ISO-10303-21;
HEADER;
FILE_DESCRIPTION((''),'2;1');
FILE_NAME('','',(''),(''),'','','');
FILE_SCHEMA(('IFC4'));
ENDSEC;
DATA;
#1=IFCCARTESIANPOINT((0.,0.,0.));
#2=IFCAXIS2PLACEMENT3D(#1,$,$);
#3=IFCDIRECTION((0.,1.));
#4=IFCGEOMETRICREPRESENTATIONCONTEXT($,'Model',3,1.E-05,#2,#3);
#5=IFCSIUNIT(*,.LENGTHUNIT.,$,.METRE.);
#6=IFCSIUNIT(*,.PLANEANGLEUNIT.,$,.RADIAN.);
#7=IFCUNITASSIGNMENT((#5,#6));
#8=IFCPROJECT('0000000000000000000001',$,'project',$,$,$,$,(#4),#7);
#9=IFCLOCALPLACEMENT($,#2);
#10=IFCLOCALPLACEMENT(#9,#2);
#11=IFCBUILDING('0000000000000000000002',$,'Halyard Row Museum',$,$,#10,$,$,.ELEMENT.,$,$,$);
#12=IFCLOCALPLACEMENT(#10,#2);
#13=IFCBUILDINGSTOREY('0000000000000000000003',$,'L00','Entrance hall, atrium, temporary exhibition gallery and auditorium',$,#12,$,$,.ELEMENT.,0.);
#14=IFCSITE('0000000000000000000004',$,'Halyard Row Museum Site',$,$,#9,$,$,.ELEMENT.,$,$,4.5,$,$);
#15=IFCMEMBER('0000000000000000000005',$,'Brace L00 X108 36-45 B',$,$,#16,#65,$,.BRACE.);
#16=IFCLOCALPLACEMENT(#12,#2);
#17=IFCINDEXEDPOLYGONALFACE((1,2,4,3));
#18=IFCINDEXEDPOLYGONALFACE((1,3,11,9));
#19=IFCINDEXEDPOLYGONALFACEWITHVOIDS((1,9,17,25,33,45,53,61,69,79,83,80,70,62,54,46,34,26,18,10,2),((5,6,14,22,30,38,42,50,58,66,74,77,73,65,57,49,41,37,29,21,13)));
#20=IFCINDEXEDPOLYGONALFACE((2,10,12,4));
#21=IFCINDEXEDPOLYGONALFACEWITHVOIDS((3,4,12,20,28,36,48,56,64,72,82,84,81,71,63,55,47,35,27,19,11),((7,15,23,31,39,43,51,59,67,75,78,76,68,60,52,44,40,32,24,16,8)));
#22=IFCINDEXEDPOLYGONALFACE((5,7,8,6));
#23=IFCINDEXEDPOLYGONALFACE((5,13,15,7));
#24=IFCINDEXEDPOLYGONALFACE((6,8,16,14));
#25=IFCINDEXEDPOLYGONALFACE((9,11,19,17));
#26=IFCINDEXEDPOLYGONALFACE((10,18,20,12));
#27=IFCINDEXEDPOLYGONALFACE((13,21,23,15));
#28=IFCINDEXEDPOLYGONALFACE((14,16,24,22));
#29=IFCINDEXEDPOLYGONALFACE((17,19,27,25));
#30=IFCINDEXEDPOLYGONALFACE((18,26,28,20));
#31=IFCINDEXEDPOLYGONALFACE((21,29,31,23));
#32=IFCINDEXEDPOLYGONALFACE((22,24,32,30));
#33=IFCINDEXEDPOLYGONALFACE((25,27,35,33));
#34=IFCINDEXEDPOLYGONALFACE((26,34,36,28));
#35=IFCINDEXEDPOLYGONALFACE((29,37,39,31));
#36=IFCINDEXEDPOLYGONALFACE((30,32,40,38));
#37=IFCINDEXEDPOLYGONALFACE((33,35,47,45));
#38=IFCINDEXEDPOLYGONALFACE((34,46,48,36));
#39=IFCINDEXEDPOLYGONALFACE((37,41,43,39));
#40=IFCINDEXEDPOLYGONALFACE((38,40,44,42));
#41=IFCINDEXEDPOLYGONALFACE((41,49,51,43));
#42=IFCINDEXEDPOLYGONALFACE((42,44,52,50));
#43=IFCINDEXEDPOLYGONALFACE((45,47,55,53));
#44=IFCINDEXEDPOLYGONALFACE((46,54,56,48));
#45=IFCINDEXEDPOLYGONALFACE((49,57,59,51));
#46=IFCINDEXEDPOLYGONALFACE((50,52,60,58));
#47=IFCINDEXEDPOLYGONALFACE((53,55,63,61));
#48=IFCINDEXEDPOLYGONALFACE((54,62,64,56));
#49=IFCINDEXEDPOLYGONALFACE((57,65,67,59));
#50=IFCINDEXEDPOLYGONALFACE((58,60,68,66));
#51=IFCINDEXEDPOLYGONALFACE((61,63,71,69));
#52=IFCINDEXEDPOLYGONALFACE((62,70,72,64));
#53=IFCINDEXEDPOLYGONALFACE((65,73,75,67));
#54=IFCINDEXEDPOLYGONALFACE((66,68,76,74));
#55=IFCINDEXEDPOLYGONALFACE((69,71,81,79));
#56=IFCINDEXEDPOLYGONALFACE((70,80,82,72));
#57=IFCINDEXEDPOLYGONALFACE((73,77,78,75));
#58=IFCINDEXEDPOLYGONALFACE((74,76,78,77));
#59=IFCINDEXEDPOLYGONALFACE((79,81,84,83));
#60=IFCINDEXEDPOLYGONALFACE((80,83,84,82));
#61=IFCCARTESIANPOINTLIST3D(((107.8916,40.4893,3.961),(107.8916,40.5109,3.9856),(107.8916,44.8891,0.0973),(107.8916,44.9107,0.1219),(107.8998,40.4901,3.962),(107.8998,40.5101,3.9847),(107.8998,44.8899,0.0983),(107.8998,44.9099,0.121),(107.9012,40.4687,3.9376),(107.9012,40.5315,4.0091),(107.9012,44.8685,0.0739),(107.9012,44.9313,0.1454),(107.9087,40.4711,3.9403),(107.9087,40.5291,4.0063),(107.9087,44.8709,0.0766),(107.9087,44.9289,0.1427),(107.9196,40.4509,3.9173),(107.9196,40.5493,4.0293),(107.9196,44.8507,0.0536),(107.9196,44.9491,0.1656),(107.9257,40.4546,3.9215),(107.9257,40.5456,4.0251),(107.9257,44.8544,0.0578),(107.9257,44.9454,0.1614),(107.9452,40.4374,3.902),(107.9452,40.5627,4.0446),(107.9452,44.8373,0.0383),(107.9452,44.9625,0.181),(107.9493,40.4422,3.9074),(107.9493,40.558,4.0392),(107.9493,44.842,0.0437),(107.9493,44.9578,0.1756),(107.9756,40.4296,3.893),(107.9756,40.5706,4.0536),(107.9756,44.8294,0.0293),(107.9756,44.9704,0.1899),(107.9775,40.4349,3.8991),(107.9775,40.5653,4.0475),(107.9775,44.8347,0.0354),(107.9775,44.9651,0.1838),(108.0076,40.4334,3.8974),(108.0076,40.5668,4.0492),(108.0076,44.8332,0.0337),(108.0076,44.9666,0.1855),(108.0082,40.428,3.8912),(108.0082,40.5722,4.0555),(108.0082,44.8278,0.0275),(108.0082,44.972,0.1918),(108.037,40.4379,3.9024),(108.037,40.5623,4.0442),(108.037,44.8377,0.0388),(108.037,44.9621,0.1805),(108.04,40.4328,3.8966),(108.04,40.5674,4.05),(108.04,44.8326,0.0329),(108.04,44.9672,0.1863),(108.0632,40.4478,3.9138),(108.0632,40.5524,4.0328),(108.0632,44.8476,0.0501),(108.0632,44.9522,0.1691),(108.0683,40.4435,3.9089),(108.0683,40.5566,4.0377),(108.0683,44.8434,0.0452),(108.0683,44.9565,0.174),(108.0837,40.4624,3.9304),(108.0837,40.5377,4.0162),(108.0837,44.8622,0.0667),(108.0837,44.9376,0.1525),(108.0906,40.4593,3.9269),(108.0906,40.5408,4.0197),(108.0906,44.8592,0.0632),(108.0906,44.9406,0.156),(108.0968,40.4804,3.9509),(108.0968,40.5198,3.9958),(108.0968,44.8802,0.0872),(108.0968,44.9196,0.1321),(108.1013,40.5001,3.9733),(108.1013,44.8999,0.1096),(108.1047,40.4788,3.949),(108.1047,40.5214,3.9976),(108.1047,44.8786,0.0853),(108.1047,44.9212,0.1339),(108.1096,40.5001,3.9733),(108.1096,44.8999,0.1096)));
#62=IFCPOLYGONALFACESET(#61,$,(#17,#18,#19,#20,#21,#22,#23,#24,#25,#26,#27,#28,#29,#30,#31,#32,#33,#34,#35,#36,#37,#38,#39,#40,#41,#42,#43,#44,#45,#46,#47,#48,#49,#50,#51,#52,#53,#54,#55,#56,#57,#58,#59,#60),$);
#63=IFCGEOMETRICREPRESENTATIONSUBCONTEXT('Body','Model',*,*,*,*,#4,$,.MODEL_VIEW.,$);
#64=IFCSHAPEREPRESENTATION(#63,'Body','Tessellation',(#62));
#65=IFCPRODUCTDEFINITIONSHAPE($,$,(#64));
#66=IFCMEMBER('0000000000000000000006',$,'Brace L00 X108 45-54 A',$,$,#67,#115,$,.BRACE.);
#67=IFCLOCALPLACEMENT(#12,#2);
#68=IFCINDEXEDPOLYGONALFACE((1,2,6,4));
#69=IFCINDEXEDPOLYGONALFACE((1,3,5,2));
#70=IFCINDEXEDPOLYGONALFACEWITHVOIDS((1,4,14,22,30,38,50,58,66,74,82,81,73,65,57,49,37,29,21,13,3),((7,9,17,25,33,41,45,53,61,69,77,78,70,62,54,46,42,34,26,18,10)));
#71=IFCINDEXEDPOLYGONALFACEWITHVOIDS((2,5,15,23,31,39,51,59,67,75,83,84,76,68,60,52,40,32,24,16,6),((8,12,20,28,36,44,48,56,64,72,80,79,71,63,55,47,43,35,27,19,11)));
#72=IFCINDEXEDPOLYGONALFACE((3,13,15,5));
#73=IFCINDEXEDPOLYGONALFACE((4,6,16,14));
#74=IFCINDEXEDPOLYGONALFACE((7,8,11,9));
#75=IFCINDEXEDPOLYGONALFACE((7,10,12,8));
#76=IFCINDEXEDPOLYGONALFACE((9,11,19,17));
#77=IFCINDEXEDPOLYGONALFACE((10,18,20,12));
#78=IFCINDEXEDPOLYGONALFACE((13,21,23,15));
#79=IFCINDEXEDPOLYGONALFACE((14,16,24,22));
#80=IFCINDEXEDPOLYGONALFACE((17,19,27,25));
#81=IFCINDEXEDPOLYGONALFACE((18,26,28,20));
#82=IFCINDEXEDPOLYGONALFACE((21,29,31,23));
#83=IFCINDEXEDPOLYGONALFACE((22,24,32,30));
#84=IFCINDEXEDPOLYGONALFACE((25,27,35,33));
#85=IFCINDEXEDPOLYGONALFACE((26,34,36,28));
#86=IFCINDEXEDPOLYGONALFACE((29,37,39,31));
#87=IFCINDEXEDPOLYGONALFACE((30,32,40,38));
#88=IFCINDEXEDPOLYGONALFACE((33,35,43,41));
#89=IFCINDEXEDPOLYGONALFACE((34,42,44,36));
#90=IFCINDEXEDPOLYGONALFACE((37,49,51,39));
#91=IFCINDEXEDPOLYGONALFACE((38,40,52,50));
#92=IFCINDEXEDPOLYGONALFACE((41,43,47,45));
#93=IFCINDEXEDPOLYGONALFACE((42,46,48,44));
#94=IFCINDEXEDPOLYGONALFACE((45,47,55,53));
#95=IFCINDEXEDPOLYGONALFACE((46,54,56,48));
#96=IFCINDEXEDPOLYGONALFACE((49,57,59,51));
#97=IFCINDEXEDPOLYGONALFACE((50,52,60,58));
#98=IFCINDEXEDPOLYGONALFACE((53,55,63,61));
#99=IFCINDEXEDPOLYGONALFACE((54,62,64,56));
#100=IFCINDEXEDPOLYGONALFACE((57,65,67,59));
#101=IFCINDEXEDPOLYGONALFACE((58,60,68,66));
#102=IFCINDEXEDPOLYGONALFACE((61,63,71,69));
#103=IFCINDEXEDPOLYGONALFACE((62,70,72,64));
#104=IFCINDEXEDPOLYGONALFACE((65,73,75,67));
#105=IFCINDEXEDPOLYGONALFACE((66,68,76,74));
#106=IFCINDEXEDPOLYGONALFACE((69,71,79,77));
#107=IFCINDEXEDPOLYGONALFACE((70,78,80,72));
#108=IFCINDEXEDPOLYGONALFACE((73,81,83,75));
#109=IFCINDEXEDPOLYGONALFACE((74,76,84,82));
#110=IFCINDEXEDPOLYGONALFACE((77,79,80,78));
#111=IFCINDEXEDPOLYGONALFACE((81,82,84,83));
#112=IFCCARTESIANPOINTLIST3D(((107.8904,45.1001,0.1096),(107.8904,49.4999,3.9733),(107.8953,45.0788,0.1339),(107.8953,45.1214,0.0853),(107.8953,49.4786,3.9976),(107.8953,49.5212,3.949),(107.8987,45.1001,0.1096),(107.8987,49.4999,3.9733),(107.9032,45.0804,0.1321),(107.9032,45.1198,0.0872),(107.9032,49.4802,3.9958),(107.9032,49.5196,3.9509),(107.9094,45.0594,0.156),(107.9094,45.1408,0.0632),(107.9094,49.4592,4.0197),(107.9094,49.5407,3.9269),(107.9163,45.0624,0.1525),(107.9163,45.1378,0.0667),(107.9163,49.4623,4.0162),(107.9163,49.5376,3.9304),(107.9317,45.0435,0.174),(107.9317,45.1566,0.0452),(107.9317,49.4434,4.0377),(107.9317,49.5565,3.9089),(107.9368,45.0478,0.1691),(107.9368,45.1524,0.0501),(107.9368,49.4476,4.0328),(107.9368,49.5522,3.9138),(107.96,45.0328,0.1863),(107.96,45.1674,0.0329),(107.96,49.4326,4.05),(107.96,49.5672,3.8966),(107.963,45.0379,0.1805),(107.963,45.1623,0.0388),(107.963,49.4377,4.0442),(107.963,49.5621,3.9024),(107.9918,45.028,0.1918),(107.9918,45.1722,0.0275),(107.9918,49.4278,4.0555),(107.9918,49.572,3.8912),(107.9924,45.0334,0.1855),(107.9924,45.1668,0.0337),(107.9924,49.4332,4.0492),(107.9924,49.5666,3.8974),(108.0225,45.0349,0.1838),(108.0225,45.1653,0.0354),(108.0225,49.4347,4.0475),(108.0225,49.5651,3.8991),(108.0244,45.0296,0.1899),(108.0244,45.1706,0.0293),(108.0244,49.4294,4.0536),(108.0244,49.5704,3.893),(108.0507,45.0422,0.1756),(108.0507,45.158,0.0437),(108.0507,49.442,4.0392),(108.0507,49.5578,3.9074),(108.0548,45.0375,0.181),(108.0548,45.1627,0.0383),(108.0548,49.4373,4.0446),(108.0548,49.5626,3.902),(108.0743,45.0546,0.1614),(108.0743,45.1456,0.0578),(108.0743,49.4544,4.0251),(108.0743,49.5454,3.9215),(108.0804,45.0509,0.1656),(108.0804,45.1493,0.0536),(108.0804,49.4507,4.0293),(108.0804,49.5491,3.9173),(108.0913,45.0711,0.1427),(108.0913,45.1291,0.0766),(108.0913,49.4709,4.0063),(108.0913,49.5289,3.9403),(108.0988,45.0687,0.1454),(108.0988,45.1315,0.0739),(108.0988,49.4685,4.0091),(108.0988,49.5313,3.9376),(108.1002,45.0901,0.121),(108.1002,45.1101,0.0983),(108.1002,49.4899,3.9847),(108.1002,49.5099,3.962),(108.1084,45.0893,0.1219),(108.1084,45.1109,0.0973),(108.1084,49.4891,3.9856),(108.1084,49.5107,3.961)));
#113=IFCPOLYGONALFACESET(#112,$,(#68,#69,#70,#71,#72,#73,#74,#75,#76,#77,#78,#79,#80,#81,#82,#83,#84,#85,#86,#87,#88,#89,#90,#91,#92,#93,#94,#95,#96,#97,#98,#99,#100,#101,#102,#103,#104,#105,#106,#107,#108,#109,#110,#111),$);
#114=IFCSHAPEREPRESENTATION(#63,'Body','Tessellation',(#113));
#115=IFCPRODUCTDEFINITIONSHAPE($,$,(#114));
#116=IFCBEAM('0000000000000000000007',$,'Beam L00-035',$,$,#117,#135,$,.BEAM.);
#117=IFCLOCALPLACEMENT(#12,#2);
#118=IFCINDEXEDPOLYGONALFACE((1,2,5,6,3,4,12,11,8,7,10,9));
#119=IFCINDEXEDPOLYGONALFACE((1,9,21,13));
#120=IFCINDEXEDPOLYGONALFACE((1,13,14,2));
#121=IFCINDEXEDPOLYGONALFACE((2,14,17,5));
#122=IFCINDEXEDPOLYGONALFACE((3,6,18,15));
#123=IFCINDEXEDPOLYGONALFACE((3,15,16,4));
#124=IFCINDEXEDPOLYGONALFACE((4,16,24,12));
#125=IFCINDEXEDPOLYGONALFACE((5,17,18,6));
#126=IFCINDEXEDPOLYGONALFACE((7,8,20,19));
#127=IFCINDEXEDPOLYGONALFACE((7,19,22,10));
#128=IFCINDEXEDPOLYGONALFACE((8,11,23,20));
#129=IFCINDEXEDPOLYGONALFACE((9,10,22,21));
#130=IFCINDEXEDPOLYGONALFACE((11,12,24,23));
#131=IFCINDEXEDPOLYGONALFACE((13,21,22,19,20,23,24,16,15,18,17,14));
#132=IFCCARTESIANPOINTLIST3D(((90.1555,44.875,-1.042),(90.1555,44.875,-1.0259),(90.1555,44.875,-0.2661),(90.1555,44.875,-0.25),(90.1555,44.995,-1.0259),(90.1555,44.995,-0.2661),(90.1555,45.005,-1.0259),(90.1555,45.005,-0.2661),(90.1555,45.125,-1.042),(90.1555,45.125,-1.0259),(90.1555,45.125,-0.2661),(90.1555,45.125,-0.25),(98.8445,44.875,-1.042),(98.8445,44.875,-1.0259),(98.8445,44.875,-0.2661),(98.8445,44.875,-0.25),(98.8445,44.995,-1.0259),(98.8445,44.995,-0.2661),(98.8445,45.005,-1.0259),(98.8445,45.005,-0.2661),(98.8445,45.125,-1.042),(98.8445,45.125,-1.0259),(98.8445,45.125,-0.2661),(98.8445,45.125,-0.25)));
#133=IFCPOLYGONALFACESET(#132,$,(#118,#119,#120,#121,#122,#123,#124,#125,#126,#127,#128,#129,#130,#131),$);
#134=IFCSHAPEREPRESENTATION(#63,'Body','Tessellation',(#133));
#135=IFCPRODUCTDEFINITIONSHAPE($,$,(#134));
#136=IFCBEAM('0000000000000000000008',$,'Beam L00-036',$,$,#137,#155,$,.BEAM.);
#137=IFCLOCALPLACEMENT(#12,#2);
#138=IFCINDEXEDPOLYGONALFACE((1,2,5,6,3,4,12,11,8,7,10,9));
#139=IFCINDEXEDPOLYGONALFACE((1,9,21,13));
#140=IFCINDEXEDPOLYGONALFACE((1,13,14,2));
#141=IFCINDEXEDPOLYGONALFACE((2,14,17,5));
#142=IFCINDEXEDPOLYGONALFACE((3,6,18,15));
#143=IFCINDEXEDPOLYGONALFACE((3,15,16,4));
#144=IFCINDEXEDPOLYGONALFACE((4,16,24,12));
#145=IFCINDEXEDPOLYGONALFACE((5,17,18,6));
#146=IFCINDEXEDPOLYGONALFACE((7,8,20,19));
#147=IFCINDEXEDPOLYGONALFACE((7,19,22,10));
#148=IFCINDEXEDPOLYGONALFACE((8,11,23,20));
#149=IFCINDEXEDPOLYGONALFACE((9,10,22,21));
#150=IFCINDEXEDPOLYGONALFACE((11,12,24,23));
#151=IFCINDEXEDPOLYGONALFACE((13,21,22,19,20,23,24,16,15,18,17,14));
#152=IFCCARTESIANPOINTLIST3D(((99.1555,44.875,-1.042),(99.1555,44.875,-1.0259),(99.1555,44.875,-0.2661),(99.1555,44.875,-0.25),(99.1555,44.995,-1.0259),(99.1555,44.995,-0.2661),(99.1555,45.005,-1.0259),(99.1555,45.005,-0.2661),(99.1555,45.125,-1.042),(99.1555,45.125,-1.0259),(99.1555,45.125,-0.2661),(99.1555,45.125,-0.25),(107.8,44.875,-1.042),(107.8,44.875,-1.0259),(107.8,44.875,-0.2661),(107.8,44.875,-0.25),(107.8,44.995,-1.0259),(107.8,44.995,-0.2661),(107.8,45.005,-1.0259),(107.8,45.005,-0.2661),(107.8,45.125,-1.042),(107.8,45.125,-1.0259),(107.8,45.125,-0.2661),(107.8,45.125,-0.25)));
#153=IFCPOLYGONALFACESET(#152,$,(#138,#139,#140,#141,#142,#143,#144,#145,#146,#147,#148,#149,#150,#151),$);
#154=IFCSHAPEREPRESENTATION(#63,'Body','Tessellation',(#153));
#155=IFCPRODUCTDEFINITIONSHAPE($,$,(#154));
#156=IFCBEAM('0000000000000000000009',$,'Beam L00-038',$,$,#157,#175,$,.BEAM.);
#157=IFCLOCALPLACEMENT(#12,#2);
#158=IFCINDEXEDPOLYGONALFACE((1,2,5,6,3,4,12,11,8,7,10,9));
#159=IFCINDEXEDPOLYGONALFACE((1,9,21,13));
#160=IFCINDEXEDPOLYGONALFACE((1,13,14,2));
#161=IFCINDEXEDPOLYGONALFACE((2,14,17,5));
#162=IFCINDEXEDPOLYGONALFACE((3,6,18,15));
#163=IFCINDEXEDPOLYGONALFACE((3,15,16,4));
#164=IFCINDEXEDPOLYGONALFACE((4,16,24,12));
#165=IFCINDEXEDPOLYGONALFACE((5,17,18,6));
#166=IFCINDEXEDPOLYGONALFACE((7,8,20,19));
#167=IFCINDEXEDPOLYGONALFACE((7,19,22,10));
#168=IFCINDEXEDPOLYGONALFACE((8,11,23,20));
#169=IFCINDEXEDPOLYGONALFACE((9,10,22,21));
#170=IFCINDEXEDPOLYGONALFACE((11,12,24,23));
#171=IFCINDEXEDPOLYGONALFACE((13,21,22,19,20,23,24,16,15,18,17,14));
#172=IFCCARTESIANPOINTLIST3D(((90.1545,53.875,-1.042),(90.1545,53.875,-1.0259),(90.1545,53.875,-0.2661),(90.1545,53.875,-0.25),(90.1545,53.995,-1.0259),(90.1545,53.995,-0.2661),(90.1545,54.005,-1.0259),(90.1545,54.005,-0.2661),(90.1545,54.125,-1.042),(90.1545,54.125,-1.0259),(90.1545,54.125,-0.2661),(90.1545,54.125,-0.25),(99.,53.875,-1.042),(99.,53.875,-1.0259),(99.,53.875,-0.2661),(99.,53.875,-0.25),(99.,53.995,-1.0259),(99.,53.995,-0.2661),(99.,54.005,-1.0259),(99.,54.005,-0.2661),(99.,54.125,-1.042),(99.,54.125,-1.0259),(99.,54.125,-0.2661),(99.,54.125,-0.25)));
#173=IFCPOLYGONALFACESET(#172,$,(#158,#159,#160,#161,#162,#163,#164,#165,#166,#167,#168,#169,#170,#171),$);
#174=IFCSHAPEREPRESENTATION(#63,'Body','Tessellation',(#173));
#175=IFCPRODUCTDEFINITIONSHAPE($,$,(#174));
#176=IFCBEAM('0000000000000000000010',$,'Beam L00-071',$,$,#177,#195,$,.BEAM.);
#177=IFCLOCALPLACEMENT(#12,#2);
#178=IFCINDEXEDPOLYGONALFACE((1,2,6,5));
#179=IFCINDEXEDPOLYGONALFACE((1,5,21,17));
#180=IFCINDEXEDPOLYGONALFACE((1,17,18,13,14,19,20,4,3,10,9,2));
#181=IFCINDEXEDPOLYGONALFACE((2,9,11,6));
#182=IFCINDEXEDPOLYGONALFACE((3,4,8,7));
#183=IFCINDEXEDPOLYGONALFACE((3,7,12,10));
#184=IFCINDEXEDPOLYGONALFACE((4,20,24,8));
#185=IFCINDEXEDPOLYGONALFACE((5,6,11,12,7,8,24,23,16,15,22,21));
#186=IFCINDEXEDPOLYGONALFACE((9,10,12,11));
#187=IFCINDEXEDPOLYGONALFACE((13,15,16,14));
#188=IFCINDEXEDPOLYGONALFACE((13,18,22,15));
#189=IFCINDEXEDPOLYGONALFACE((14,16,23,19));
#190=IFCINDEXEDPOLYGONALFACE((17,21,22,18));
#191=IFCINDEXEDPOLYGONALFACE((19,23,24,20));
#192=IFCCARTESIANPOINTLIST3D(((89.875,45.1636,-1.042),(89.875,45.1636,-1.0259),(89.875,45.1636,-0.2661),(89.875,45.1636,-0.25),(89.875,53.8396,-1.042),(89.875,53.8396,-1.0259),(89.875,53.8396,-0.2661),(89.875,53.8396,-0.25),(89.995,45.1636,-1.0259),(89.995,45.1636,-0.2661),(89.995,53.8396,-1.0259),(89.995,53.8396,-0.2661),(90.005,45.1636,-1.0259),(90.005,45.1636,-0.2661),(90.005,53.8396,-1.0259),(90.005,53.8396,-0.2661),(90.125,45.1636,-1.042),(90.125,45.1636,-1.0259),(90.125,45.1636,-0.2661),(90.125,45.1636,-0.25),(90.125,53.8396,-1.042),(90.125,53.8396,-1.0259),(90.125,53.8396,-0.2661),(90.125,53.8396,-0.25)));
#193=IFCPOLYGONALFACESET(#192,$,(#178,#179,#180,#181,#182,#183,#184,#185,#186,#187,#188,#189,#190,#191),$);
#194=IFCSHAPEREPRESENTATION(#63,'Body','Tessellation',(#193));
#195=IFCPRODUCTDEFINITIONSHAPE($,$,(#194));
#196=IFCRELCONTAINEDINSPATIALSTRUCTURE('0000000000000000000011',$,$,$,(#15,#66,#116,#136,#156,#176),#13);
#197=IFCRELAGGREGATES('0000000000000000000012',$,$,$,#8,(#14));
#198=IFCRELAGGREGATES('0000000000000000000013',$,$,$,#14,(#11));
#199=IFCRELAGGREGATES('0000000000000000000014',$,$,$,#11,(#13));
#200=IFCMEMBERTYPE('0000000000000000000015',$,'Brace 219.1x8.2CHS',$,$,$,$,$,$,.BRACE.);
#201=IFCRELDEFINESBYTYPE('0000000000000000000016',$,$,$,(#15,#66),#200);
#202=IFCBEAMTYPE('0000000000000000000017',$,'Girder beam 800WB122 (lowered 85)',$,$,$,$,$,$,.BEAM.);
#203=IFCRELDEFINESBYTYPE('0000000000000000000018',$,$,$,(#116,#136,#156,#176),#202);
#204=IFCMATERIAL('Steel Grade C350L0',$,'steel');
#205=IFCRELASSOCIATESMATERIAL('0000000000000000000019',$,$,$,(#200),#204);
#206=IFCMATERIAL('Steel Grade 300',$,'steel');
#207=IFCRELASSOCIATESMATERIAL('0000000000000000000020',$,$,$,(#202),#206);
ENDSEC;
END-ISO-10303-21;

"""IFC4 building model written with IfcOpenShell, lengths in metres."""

from ifc_helpers import new_model, si_unit, direction, frame, origin, origin_2d, place, context, subcontext, project, spatial, hollow_circle, i_section, extrude, material, material_profile, profile_set, type_object, element, save


model = new_model("IFC4")

# Units and contexts
model_context = context("Model", 3, precision=1e-05, world=origin(), true_north=direction((0.0, 1.0)))
body_context = subcontext(model_context, "Body", "Model", "MODEL_VIEW")
ifc_project = project(units=[si_unit("LENGTHUNIT", "METRE"), si_unit("PLANEANGLEUNIT", "RADIAN")], contexts=[model_context])

# Site, building, storey
site_placement = place(None, origin())
site = spatial("IfcSite", under=ifc_project, at=site_placement, Name="Halyard Row Museum Site", CompositionType="ELEMENT", RefElevation=4.5)
building_placement = place(site_placement, origin())
building = spatial("IfcBuilding", under=site, at=building_placement, Name="Halyard Row Museum", CompositionType="ELEMENT")
storey_placement = place(building_placement, origin())
storey = spatial("IfcBuildingStorey", under=building, at=storey_placement, Name="L00", Description="Entrance hall, atrium, temporary exhibition gallery and auditorium", CompositionType="ELEMENT", Elevation=0.0)

# Members
ifc_material_1 = material(Name="Steel Grade C350L0", Category="steel")
ifc_material_profile_1 = material_profile(ifc_material_1, hollow_circle(Radius=0.1096, WallThickness=0.0083, at=origin_2d()), Name="219.1x8.2CHS")
ifc_profile_set_1 = profile_set([ifc_material_profile_1], Name="Steel Grade C350L0")
member_type = type_object("IfcMemberType", Name="Brace 219.1x8.2CHS", PredefinedType="BRACE", material=ifc_profile_set_1)
for number, where, z_axis, x_axis, name in (
    (1, (108.0, 44.8999, 0.1096), (0.0, -0.751403, 0.659844), (1.0, 0.0, 0.0), "Brace L00 X108 36-45 B"),
    (2, (108.0, 45.1001, 0.1096), (0.0, 0.751403, 0.659844), (-1.0, 0.0, 0.0), "Brace L00 X108 45-54 A"),
):
    element("IfcMember", number, at=place(storey_placement, frame(where, z_axis=z_axis, x_axis=x_axis)), inside=storey, type_object=member_type, Name=name, PredefinedType="BRACE", context=body_context, shape_type="SweptSolid", body=[
        extrude(hollow_circle(Radius=0.1096, WallThickness=0.0083, at=origin_2d()), origin(), (0.0, 0.0, 1.0), 5.8555),
    ])

# Beams
ifc_material_2 = material(Name="Steel Grade 300", Category="steel")
ifc_material_profile_2 = material_profile(ifc_material_2, i_section(OverallWidth=0.25, OverallDepth=0.792, WebThickness=0.01, FlangeThickness=0.0161, at=origin_2d()), Name="800WB122")
ifc_profile_set_2 = profile_set([ifc_material_profile_2], Name="Steel Grade 300")
beam_type_1 = type_object("IfcBeamType", Name="Girder beam 800WB122 (lowered 85)", PredefinedType="BEAM", material=ifc_profile_set_2)
beam_1_placement = place(storey_placement, frame((90.1555, 45.0, -0.646), z_axis=(1.0, 0.0, 0.0), x_axis=(0.0, 1.0, 0.0)))
element("IfcBeam", 3, at=beam_1_placement, inside=storey, type_object=beam_type_1, Name="Beam L00-035", PredefinedType="BEAM", context=body_context, shape_type="SweptSolid", body=[
    extrude(i_section(OverallWidth=0.25, OverallDepth=0.792, WebThickness=0.01, FlangeThickness=0.0161, at=origin_2d()), origin(), (0.0, 0.0, 1.0), 8.689),
])
beam_2_placement = place(storey_placement, frame((99.1555, 45.0, -0.646), z_axis=(1.0, 0.0, 0.0), x_axis=(0.0, 1.0, 0.0)))
element("IfcBeam", 4, at=beam_2_placement, inside=storey, type_object=beam_type_1, Name="Beam L00-036", PredefinedType="BEAM", context=body_context, shape_type="SweptSolid", body=[
    extrude(i_section(OverallWidth=0.25, OverallDepth=0.792, WebThickness=0.01, FlangeThickness=0.0161, at=origin_2d()), origin(), (0.0, 0.0, 1.0), 8.6445),
])
beam_3_placement = place(storey_placement, frame((90.1545, 54.0, -0.646), z_axis=(1.0, 0.0, 0.0), x_axis=(0.0, 1.0, 0.0)))
element("IfcBeam", 5, at=beam_3_placement, inside=storey, type_object=beam_type_1, Name="Beam L00-038", PredefinedType="BEAM", context=body_context, shape_type="SweptSolid", body=[
    extrude(i_section(OverallWidth=0.25, OverallDepth=0.792, WebThickness=0.01, FlangeThickness=0.0161, at=origin_2d()), origin(), (0.0, 0.0, 1.0), 8.8455),
])
beam_4_placement = place(storey_placement, frame((90.0, 45.1636, -0.646), z_axis=(0.0, 1.0, 0.0), x_axis=(-1.0, 0.0, 0.0)))
element("IfcBeam", 6, at=beam_4_placement, inside=storey, type_object=beam_type_1, Name="Beam L00-071", PredefinedType="BEAM", context=body_context, shape_type="SweptSolid", body=[
    extrude(i_section(OverallWidth=0.25, OverallDepth=0.792, WebThickness=0.01, FlangeThickness=0.0161, at=origin_2d()), origin(), (0.0, 0.0, 1.0), 8.676),
])

save(model, "model.ifc")
